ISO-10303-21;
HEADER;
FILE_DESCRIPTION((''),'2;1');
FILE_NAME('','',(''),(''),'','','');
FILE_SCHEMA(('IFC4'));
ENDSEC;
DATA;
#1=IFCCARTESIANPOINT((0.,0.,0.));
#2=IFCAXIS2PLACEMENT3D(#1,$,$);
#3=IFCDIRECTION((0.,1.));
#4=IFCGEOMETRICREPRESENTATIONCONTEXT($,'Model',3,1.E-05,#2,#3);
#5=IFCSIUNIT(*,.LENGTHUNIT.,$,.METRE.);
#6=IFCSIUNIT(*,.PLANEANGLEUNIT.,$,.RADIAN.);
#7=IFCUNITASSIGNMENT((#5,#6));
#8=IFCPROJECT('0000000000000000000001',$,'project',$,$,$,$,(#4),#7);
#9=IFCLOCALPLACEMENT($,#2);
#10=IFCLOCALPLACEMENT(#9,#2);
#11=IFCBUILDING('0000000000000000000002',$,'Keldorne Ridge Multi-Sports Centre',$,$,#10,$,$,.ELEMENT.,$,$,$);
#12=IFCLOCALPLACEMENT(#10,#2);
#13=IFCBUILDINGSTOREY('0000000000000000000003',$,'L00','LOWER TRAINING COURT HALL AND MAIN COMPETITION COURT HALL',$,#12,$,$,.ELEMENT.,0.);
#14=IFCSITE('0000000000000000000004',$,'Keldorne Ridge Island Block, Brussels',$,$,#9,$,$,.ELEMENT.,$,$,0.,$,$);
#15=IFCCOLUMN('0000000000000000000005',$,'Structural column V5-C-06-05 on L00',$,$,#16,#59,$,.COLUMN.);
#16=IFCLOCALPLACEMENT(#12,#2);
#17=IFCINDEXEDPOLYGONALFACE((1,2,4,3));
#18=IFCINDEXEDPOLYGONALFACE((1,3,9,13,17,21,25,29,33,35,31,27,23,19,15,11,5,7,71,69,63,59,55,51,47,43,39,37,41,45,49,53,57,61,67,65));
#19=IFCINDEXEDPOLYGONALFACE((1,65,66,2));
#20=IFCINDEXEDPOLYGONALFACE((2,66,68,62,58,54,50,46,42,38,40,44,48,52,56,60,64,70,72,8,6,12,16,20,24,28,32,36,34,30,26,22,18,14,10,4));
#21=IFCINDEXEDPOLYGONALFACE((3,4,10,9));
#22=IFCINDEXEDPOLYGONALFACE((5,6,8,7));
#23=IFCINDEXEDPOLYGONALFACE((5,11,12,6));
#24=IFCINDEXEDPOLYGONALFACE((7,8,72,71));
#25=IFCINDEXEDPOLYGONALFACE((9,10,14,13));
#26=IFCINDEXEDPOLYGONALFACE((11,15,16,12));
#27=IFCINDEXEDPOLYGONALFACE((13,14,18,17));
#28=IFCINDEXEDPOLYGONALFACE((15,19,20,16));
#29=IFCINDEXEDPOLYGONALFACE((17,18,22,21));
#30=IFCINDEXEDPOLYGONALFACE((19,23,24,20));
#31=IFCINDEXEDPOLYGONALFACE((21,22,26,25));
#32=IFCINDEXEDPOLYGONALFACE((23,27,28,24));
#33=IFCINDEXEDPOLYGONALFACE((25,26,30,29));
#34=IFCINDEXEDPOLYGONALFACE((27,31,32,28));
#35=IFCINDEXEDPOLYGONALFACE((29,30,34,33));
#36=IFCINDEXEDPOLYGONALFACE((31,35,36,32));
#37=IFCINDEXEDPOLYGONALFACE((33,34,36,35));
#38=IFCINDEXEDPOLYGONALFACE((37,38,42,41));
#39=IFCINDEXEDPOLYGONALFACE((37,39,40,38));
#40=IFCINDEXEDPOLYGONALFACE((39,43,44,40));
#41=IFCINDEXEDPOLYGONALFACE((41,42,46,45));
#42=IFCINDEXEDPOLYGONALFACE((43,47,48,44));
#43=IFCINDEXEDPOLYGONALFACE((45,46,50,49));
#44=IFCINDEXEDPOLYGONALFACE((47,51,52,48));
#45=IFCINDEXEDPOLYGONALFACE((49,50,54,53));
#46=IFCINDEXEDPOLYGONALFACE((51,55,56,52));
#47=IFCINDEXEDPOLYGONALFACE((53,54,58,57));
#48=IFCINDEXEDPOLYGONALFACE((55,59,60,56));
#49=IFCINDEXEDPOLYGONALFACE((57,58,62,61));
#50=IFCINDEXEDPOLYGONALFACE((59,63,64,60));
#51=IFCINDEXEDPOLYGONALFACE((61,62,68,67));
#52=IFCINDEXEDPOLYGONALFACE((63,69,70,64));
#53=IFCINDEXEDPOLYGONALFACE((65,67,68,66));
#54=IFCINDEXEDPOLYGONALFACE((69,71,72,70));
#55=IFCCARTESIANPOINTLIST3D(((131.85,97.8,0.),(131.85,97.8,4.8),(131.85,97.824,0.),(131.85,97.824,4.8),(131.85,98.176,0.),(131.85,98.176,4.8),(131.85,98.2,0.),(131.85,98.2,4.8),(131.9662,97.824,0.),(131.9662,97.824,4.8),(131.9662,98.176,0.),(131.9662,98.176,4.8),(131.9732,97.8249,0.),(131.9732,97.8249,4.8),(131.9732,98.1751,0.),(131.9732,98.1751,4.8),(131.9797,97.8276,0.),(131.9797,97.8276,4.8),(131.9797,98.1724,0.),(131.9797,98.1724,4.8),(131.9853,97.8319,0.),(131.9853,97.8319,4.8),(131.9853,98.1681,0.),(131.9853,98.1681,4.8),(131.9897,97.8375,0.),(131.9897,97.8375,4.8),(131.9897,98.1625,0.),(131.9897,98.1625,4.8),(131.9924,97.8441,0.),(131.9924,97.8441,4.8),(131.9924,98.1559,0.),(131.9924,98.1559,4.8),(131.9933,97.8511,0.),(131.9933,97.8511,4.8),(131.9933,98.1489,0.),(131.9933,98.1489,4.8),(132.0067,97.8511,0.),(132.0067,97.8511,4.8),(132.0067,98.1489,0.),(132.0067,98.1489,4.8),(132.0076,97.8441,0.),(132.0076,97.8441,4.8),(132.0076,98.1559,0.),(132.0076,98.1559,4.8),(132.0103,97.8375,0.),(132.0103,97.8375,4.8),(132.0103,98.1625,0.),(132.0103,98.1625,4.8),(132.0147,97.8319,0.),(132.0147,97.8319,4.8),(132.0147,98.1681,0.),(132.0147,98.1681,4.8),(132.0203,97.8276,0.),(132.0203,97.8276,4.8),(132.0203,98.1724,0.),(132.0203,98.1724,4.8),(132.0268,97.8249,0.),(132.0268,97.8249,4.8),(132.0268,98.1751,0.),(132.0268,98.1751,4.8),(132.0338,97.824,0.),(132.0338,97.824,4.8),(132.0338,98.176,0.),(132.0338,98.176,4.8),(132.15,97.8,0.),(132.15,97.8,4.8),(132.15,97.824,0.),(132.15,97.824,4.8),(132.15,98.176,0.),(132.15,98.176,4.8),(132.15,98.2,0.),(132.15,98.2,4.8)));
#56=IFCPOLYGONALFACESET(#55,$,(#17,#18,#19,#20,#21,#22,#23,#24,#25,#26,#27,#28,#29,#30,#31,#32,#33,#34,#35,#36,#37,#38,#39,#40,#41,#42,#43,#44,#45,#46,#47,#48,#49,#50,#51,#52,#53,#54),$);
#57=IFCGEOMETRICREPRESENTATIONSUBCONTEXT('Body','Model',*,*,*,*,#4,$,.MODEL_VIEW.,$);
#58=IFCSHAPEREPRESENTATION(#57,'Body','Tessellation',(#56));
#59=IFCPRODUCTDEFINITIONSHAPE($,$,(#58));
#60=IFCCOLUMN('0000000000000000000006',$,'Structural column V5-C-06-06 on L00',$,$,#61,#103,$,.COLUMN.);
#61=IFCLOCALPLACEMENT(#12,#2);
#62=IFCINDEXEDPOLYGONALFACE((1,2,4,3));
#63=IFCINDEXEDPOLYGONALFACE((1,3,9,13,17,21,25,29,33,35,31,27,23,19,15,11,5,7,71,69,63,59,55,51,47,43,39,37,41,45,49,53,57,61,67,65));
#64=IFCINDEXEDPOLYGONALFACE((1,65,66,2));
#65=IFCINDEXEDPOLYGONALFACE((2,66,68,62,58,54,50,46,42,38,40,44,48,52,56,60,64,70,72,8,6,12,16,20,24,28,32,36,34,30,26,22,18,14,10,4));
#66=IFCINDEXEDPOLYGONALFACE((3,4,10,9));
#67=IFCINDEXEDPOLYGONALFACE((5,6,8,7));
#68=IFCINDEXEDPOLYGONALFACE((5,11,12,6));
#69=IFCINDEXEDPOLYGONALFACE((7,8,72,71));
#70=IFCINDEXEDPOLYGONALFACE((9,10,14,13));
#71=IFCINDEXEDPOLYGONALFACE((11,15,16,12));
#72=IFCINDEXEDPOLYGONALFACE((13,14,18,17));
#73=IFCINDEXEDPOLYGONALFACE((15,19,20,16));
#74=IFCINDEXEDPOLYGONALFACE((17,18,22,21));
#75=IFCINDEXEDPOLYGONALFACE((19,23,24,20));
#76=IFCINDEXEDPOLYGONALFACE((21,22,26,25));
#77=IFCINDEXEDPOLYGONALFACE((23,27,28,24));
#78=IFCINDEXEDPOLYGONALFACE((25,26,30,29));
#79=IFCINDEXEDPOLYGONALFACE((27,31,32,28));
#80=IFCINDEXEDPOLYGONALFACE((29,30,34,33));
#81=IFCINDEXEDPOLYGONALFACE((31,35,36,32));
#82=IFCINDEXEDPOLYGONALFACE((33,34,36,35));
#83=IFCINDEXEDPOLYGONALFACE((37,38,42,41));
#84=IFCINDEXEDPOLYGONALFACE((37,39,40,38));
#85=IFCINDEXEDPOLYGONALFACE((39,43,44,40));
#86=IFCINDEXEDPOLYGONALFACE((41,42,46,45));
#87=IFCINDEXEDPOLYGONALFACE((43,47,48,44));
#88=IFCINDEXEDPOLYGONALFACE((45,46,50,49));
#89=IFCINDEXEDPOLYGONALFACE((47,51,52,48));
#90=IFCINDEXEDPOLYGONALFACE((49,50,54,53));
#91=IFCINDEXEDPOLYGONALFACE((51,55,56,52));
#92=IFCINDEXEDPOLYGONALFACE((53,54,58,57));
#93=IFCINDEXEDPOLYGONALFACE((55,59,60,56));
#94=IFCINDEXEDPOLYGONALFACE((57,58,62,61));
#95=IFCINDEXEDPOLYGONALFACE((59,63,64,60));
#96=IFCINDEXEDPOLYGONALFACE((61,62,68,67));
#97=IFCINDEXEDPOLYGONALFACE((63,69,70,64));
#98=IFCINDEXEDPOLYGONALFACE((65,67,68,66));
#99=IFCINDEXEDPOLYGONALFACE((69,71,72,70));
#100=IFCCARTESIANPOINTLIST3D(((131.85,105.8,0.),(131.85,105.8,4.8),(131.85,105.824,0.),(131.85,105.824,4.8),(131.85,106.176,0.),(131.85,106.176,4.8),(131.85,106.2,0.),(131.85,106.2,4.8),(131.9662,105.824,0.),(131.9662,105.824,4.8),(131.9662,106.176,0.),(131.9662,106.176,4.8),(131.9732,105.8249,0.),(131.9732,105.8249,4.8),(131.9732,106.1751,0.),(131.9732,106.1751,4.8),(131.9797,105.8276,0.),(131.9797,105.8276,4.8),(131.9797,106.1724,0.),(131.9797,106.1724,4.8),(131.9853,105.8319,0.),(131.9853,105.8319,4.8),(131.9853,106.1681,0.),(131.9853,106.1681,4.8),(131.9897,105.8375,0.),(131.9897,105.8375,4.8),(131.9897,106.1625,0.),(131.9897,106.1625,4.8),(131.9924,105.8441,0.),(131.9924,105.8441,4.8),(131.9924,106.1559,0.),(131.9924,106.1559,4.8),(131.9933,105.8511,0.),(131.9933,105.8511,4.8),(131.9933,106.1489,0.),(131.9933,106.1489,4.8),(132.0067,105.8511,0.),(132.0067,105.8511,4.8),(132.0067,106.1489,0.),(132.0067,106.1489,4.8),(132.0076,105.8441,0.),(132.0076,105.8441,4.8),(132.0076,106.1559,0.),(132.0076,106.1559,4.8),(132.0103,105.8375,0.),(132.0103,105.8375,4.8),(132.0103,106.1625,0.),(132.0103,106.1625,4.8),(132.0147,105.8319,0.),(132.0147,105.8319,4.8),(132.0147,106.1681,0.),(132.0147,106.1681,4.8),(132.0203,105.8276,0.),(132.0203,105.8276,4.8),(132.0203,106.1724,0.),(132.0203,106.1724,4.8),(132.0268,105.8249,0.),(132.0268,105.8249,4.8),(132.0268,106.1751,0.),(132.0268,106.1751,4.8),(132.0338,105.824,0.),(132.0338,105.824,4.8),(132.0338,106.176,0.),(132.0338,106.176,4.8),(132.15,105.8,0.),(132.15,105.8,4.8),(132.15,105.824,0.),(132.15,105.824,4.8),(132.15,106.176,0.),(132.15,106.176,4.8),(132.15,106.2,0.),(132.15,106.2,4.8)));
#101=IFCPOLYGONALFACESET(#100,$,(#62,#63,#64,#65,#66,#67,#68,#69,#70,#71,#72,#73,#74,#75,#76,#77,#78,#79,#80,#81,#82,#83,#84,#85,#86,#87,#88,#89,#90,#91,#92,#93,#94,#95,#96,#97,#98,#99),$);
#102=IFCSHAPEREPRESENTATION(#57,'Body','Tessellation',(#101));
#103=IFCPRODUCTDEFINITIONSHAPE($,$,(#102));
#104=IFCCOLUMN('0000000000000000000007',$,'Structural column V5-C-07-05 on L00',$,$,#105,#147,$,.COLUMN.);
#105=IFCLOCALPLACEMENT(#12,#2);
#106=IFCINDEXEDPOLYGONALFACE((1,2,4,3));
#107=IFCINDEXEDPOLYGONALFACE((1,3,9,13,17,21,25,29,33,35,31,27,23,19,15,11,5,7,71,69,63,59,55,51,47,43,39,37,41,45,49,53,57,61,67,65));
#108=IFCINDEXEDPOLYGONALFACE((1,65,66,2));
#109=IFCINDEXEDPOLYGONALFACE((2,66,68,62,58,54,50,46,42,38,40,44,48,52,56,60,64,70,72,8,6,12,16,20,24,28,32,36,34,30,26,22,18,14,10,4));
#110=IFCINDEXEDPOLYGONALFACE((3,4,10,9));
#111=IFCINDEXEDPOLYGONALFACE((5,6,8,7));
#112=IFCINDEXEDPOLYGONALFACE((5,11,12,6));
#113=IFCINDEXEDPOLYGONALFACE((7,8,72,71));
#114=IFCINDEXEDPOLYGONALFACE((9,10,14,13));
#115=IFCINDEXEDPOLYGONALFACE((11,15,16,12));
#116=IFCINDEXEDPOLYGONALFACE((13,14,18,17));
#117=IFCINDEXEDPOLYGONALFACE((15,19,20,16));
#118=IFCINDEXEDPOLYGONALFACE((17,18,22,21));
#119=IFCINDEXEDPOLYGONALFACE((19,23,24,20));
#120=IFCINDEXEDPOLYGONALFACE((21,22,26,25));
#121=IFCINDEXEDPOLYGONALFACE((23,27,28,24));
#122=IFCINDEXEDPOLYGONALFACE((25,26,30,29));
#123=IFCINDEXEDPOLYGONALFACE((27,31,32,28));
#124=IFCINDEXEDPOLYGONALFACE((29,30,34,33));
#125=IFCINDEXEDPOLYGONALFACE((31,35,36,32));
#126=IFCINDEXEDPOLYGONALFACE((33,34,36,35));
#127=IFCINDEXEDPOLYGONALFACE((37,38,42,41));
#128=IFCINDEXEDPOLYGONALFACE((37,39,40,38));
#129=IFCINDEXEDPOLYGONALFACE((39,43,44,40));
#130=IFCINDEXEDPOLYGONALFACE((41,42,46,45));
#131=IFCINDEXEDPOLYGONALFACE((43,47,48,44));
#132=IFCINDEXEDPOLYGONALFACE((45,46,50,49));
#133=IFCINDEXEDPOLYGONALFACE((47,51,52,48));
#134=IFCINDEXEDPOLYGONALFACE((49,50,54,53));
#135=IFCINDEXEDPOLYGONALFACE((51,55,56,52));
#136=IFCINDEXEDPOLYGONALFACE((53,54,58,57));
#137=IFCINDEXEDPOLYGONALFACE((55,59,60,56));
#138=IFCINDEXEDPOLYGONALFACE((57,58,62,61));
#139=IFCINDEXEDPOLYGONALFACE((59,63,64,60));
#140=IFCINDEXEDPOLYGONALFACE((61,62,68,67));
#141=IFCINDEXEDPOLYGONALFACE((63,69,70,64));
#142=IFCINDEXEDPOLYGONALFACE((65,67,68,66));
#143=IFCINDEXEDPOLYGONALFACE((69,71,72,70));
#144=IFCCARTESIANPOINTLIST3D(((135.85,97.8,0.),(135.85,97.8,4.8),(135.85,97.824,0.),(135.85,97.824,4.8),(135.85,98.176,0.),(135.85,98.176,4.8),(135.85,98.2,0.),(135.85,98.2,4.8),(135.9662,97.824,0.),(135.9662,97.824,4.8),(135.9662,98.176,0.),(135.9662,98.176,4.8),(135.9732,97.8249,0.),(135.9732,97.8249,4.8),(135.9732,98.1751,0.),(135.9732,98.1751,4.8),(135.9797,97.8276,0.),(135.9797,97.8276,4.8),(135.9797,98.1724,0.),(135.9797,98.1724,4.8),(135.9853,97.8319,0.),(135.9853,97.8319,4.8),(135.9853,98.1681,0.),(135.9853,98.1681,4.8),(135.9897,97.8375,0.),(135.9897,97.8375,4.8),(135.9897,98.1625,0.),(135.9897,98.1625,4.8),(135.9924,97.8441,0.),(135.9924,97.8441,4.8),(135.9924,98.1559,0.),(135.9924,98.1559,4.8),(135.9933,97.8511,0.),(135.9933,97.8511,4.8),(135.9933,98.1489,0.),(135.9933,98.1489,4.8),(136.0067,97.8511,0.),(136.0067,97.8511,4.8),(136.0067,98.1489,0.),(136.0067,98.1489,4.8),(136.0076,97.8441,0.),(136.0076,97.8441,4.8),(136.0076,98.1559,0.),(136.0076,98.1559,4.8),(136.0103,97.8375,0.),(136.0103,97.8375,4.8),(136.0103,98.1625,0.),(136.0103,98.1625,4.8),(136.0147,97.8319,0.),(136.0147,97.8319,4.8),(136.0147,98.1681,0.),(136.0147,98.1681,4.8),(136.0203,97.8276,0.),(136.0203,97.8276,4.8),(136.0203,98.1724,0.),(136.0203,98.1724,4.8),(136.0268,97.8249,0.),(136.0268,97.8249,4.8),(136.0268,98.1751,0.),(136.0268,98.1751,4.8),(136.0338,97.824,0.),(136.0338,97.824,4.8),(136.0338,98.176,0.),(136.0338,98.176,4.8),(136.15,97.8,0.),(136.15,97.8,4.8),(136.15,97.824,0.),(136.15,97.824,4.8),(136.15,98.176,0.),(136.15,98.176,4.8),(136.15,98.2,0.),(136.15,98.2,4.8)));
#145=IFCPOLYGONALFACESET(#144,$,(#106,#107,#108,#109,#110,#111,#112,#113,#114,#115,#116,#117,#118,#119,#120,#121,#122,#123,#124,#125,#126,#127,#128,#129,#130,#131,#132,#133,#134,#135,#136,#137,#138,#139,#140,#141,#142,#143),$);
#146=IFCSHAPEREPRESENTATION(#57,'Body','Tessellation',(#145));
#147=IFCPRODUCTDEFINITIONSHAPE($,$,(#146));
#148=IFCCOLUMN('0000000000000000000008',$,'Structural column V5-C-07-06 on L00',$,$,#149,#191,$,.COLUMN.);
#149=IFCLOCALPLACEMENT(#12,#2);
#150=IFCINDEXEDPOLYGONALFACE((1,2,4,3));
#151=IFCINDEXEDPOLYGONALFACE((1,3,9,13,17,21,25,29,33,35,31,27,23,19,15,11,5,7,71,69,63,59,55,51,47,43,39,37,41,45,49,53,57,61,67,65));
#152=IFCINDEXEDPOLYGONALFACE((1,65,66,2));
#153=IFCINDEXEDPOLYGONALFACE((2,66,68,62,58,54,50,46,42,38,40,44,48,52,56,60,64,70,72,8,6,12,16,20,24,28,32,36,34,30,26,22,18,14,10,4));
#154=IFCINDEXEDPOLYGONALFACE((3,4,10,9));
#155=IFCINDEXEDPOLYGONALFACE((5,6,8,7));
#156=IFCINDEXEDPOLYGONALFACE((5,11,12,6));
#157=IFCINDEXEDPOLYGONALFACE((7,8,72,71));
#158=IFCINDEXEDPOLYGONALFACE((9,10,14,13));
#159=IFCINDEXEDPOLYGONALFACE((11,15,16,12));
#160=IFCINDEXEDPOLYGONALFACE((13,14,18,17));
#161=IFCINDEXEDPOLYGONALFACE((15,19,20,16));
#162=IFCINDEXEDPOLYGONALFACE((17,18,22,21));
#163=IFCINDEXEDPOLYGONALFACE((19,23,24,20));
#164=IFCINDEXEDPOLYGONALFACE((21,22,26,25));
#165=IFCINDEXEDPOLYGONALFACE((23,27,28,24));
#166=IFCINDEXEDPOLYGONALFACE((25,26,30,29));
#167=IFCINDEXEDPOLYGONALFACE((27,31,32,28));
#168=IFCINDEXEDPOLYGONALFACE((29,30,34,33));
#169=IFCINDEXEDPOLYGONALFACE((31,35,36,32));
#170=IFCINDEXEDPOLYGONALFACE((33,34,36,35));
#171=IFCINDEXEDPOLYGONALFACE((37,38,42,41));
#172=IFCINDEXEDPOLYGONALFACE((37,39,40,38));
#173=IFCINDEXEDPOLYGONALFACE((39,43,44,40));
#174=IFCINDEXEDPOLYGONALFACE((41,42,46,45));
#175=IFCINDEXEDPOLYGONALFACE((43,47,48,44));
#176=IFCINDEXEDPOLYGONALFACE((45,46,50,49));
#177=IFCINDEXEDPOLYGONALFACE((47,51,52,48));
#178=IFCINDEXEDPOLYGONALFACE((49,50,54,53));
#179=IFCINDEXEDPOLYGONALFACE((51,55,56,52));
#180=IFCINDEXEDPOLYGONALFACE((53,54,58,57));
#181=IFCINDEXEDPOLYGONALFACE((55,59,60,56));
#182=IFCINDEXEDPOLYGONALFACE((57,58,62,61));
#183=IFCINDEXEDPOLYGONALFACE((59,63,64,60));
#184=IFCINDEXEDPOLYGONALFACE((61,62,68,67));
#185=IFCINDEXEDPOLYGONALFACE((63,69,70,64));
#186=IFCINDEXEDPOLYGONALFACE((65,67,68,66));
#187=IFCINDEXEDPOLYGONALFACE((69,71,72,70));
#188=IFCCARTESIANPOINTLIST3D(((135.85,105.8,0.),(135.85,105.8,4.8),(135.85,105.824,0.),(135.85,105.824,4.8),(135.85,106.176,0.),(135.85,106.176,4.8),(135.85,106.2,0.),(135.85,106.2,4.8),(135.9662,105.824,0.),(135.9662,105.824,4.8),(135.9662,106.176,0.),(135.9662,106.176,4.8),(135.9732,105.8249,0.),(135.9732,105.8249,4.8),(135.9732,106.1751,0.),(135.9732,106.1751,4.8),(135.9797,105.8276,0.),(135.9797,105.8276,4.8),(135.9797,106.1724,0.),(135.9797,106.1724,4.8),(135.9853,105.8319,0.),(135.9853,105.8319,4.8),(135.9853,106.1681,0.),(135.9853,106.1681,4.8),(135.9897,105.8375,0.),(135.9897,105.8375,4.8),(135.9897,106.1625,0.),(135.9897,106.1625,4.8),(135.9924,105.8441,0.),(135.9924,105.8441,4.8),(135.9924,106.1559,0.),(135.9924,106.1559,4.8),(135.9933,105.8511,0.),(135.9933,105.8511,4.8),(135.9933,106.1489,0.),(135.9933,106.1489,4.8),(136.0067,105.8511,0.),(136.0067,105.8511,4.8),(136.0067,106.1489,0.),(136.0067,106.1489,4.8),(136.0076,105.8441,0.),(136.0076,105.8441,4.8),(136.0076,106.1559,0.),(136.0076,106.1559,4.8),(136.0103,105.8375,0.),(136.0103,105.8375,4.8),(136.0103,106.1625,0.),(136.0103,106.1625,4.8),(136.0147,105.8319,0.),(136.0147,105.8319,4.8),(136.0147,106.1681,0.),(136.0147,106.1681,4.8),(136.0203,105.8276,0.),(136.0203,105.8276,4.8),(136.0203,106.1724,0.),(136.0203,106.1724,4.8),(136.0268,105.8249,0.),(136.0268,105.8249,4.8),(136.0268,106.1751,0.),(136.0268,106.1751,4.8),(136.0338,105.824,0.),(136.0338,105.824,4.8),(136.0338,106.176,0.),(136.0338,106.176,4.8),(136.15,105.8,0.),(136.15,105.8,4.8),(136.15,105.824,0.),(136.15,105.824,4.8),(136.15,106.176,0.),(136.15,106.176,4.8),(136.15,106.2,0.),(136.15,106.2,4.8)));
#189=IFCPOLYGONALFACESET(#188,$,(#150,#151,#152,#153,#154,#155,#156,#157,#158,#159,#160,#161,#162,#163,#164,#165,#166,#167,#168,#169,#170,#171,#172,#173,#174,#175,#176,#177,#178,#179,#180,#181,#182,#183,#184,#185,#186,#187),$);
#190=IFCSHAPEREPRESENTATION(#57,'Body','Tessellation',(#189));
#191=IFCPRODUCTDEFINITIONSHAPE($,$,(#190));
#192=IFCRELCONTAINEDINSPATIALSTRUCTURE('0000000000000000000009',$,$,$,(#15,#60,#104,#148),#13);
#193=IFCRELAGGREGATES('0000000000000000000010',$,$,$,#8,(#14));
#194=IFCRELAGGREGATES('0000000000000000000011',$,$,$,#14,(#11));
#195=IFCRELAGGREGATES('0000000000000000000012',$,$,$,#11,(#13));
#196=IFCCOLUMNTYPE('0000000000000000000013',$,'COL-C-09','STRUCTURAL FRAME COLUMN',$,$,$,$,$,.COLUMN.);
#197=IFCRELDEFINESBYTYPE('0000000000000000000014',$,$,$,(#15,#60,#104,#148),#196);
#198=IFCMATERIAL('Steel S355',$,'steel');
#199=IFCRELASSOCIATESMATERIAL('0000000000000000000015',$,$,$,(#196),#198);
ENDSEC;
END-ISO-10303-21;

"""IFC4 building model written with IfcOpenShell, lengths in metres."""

from ifc_helpers import new_model, si_unit, direction, frame, origin, origin_2d, place, context, subcontext, project, spatial, i_section, extrude, material, material_profile, profile_set, type_object, element, save


model = new_model("IFC4")

# Units and contexts
model_context = context("Model", 3, precision=1e-05, world=origin(), true_north=direction((0.0, 1.0)))
body_context = subcontext(model_context, "Body", "Model", "MODEL_VIEW")
ifc_project = project(units=[si_unit("LENGTHUNIT", "METRE"), si_unit("PLANEANGLEUNIT", "RADIAN")], contexts=[model_context])

# Site, building, storey
site_placement = place(None, origin())
site = spatial("IfcSite", under=ifc_project, at=site_placement, Name="Keldorne Ridge Island Block, Brussels", CompositionType="ELEMENT", RefElevation=0.0)
building_placement = place(site_placement, origin())
building = spatial("IfcBuilding", under=site, at=building_placement, Name="Keldorne Ridge Multi-Sports Centre", CompositionType="ELEMENT")
storey_placement = place(building_placement, origin())
storey = spatial("IfcBuildingStorey", under=building, at=storey_placement, Name="L00", Description="LOWER TRAINING COURT HALL AND MAIN COMPETITION COURT HALL", CompositionType="ELEMENT", Elevation=0.0)

# Columns
ifc_material_1 = material(Name="Steel S355", Category="steel")
ifc_material_profile_1 = material_profile(ifc_material_1, i_section(OverallWidth=0.3, OverallDepth=0.3999, WebThickness=0.0134, FlangeThickness=0.0239, FilletRadius=0.0271, at=origin_2d()), Name="HEB 400")
ifc_profile_set_1 = profile_set([ifc_material_profile_1], Name="Steel S355")
column_type = type_object("IfcColumnType", Name="COL-C-09", Description="STRUCTURAL FRAME COLUMN", PredefinedType="COLUMN", material=ifc_profile_set_1)
for number, where, z_axis, x_axis, name in (
    (1, (132.0, 98.0, 0.0), (0.0, 0.0, 1.0), (1.0, 0.0, 0.0), "Structural column V5-C-06-05 on L00"),
    (2, (132.0, 106.0, 0.0), (0.0, 0.0, 1.0), (1.0, 0.0, 0.0), "Structural column V5-C-06-06 on L00"),
    (3, (136.0, 98.0, 0.0), (0.0, 0.0, 1.0), (1.0, 0.0, 0.0), "Structural column V5-C-07-05 on L00"),
    (4, (136.0, 106.0, 0.0), (0.0, 0.0, 1.0), (1.0, 0.0, 0.0), "Structural column V5-C-07-06 on L00"),
):
    element("IfcColumn", number, at=place(storey_placement, frame(where, z_axis=z_axis, x_axis=x_axis)), inside=storey, type_object=column_type, Name=name, PredefinedType="COLUMN", context=body_context, shape_type="SweptSolid", body=[
        extrude(i_section(OverallWidth=0.3, OverallDepth=0.3999, WebThickness=0.0134, FlangeThickness=0.0239, FilletRadius=0.0271, at=origin_2d()), origin(), (0.0, 0.0, 1.0), 4.8),
    ])

save(model, "model.ifc")
